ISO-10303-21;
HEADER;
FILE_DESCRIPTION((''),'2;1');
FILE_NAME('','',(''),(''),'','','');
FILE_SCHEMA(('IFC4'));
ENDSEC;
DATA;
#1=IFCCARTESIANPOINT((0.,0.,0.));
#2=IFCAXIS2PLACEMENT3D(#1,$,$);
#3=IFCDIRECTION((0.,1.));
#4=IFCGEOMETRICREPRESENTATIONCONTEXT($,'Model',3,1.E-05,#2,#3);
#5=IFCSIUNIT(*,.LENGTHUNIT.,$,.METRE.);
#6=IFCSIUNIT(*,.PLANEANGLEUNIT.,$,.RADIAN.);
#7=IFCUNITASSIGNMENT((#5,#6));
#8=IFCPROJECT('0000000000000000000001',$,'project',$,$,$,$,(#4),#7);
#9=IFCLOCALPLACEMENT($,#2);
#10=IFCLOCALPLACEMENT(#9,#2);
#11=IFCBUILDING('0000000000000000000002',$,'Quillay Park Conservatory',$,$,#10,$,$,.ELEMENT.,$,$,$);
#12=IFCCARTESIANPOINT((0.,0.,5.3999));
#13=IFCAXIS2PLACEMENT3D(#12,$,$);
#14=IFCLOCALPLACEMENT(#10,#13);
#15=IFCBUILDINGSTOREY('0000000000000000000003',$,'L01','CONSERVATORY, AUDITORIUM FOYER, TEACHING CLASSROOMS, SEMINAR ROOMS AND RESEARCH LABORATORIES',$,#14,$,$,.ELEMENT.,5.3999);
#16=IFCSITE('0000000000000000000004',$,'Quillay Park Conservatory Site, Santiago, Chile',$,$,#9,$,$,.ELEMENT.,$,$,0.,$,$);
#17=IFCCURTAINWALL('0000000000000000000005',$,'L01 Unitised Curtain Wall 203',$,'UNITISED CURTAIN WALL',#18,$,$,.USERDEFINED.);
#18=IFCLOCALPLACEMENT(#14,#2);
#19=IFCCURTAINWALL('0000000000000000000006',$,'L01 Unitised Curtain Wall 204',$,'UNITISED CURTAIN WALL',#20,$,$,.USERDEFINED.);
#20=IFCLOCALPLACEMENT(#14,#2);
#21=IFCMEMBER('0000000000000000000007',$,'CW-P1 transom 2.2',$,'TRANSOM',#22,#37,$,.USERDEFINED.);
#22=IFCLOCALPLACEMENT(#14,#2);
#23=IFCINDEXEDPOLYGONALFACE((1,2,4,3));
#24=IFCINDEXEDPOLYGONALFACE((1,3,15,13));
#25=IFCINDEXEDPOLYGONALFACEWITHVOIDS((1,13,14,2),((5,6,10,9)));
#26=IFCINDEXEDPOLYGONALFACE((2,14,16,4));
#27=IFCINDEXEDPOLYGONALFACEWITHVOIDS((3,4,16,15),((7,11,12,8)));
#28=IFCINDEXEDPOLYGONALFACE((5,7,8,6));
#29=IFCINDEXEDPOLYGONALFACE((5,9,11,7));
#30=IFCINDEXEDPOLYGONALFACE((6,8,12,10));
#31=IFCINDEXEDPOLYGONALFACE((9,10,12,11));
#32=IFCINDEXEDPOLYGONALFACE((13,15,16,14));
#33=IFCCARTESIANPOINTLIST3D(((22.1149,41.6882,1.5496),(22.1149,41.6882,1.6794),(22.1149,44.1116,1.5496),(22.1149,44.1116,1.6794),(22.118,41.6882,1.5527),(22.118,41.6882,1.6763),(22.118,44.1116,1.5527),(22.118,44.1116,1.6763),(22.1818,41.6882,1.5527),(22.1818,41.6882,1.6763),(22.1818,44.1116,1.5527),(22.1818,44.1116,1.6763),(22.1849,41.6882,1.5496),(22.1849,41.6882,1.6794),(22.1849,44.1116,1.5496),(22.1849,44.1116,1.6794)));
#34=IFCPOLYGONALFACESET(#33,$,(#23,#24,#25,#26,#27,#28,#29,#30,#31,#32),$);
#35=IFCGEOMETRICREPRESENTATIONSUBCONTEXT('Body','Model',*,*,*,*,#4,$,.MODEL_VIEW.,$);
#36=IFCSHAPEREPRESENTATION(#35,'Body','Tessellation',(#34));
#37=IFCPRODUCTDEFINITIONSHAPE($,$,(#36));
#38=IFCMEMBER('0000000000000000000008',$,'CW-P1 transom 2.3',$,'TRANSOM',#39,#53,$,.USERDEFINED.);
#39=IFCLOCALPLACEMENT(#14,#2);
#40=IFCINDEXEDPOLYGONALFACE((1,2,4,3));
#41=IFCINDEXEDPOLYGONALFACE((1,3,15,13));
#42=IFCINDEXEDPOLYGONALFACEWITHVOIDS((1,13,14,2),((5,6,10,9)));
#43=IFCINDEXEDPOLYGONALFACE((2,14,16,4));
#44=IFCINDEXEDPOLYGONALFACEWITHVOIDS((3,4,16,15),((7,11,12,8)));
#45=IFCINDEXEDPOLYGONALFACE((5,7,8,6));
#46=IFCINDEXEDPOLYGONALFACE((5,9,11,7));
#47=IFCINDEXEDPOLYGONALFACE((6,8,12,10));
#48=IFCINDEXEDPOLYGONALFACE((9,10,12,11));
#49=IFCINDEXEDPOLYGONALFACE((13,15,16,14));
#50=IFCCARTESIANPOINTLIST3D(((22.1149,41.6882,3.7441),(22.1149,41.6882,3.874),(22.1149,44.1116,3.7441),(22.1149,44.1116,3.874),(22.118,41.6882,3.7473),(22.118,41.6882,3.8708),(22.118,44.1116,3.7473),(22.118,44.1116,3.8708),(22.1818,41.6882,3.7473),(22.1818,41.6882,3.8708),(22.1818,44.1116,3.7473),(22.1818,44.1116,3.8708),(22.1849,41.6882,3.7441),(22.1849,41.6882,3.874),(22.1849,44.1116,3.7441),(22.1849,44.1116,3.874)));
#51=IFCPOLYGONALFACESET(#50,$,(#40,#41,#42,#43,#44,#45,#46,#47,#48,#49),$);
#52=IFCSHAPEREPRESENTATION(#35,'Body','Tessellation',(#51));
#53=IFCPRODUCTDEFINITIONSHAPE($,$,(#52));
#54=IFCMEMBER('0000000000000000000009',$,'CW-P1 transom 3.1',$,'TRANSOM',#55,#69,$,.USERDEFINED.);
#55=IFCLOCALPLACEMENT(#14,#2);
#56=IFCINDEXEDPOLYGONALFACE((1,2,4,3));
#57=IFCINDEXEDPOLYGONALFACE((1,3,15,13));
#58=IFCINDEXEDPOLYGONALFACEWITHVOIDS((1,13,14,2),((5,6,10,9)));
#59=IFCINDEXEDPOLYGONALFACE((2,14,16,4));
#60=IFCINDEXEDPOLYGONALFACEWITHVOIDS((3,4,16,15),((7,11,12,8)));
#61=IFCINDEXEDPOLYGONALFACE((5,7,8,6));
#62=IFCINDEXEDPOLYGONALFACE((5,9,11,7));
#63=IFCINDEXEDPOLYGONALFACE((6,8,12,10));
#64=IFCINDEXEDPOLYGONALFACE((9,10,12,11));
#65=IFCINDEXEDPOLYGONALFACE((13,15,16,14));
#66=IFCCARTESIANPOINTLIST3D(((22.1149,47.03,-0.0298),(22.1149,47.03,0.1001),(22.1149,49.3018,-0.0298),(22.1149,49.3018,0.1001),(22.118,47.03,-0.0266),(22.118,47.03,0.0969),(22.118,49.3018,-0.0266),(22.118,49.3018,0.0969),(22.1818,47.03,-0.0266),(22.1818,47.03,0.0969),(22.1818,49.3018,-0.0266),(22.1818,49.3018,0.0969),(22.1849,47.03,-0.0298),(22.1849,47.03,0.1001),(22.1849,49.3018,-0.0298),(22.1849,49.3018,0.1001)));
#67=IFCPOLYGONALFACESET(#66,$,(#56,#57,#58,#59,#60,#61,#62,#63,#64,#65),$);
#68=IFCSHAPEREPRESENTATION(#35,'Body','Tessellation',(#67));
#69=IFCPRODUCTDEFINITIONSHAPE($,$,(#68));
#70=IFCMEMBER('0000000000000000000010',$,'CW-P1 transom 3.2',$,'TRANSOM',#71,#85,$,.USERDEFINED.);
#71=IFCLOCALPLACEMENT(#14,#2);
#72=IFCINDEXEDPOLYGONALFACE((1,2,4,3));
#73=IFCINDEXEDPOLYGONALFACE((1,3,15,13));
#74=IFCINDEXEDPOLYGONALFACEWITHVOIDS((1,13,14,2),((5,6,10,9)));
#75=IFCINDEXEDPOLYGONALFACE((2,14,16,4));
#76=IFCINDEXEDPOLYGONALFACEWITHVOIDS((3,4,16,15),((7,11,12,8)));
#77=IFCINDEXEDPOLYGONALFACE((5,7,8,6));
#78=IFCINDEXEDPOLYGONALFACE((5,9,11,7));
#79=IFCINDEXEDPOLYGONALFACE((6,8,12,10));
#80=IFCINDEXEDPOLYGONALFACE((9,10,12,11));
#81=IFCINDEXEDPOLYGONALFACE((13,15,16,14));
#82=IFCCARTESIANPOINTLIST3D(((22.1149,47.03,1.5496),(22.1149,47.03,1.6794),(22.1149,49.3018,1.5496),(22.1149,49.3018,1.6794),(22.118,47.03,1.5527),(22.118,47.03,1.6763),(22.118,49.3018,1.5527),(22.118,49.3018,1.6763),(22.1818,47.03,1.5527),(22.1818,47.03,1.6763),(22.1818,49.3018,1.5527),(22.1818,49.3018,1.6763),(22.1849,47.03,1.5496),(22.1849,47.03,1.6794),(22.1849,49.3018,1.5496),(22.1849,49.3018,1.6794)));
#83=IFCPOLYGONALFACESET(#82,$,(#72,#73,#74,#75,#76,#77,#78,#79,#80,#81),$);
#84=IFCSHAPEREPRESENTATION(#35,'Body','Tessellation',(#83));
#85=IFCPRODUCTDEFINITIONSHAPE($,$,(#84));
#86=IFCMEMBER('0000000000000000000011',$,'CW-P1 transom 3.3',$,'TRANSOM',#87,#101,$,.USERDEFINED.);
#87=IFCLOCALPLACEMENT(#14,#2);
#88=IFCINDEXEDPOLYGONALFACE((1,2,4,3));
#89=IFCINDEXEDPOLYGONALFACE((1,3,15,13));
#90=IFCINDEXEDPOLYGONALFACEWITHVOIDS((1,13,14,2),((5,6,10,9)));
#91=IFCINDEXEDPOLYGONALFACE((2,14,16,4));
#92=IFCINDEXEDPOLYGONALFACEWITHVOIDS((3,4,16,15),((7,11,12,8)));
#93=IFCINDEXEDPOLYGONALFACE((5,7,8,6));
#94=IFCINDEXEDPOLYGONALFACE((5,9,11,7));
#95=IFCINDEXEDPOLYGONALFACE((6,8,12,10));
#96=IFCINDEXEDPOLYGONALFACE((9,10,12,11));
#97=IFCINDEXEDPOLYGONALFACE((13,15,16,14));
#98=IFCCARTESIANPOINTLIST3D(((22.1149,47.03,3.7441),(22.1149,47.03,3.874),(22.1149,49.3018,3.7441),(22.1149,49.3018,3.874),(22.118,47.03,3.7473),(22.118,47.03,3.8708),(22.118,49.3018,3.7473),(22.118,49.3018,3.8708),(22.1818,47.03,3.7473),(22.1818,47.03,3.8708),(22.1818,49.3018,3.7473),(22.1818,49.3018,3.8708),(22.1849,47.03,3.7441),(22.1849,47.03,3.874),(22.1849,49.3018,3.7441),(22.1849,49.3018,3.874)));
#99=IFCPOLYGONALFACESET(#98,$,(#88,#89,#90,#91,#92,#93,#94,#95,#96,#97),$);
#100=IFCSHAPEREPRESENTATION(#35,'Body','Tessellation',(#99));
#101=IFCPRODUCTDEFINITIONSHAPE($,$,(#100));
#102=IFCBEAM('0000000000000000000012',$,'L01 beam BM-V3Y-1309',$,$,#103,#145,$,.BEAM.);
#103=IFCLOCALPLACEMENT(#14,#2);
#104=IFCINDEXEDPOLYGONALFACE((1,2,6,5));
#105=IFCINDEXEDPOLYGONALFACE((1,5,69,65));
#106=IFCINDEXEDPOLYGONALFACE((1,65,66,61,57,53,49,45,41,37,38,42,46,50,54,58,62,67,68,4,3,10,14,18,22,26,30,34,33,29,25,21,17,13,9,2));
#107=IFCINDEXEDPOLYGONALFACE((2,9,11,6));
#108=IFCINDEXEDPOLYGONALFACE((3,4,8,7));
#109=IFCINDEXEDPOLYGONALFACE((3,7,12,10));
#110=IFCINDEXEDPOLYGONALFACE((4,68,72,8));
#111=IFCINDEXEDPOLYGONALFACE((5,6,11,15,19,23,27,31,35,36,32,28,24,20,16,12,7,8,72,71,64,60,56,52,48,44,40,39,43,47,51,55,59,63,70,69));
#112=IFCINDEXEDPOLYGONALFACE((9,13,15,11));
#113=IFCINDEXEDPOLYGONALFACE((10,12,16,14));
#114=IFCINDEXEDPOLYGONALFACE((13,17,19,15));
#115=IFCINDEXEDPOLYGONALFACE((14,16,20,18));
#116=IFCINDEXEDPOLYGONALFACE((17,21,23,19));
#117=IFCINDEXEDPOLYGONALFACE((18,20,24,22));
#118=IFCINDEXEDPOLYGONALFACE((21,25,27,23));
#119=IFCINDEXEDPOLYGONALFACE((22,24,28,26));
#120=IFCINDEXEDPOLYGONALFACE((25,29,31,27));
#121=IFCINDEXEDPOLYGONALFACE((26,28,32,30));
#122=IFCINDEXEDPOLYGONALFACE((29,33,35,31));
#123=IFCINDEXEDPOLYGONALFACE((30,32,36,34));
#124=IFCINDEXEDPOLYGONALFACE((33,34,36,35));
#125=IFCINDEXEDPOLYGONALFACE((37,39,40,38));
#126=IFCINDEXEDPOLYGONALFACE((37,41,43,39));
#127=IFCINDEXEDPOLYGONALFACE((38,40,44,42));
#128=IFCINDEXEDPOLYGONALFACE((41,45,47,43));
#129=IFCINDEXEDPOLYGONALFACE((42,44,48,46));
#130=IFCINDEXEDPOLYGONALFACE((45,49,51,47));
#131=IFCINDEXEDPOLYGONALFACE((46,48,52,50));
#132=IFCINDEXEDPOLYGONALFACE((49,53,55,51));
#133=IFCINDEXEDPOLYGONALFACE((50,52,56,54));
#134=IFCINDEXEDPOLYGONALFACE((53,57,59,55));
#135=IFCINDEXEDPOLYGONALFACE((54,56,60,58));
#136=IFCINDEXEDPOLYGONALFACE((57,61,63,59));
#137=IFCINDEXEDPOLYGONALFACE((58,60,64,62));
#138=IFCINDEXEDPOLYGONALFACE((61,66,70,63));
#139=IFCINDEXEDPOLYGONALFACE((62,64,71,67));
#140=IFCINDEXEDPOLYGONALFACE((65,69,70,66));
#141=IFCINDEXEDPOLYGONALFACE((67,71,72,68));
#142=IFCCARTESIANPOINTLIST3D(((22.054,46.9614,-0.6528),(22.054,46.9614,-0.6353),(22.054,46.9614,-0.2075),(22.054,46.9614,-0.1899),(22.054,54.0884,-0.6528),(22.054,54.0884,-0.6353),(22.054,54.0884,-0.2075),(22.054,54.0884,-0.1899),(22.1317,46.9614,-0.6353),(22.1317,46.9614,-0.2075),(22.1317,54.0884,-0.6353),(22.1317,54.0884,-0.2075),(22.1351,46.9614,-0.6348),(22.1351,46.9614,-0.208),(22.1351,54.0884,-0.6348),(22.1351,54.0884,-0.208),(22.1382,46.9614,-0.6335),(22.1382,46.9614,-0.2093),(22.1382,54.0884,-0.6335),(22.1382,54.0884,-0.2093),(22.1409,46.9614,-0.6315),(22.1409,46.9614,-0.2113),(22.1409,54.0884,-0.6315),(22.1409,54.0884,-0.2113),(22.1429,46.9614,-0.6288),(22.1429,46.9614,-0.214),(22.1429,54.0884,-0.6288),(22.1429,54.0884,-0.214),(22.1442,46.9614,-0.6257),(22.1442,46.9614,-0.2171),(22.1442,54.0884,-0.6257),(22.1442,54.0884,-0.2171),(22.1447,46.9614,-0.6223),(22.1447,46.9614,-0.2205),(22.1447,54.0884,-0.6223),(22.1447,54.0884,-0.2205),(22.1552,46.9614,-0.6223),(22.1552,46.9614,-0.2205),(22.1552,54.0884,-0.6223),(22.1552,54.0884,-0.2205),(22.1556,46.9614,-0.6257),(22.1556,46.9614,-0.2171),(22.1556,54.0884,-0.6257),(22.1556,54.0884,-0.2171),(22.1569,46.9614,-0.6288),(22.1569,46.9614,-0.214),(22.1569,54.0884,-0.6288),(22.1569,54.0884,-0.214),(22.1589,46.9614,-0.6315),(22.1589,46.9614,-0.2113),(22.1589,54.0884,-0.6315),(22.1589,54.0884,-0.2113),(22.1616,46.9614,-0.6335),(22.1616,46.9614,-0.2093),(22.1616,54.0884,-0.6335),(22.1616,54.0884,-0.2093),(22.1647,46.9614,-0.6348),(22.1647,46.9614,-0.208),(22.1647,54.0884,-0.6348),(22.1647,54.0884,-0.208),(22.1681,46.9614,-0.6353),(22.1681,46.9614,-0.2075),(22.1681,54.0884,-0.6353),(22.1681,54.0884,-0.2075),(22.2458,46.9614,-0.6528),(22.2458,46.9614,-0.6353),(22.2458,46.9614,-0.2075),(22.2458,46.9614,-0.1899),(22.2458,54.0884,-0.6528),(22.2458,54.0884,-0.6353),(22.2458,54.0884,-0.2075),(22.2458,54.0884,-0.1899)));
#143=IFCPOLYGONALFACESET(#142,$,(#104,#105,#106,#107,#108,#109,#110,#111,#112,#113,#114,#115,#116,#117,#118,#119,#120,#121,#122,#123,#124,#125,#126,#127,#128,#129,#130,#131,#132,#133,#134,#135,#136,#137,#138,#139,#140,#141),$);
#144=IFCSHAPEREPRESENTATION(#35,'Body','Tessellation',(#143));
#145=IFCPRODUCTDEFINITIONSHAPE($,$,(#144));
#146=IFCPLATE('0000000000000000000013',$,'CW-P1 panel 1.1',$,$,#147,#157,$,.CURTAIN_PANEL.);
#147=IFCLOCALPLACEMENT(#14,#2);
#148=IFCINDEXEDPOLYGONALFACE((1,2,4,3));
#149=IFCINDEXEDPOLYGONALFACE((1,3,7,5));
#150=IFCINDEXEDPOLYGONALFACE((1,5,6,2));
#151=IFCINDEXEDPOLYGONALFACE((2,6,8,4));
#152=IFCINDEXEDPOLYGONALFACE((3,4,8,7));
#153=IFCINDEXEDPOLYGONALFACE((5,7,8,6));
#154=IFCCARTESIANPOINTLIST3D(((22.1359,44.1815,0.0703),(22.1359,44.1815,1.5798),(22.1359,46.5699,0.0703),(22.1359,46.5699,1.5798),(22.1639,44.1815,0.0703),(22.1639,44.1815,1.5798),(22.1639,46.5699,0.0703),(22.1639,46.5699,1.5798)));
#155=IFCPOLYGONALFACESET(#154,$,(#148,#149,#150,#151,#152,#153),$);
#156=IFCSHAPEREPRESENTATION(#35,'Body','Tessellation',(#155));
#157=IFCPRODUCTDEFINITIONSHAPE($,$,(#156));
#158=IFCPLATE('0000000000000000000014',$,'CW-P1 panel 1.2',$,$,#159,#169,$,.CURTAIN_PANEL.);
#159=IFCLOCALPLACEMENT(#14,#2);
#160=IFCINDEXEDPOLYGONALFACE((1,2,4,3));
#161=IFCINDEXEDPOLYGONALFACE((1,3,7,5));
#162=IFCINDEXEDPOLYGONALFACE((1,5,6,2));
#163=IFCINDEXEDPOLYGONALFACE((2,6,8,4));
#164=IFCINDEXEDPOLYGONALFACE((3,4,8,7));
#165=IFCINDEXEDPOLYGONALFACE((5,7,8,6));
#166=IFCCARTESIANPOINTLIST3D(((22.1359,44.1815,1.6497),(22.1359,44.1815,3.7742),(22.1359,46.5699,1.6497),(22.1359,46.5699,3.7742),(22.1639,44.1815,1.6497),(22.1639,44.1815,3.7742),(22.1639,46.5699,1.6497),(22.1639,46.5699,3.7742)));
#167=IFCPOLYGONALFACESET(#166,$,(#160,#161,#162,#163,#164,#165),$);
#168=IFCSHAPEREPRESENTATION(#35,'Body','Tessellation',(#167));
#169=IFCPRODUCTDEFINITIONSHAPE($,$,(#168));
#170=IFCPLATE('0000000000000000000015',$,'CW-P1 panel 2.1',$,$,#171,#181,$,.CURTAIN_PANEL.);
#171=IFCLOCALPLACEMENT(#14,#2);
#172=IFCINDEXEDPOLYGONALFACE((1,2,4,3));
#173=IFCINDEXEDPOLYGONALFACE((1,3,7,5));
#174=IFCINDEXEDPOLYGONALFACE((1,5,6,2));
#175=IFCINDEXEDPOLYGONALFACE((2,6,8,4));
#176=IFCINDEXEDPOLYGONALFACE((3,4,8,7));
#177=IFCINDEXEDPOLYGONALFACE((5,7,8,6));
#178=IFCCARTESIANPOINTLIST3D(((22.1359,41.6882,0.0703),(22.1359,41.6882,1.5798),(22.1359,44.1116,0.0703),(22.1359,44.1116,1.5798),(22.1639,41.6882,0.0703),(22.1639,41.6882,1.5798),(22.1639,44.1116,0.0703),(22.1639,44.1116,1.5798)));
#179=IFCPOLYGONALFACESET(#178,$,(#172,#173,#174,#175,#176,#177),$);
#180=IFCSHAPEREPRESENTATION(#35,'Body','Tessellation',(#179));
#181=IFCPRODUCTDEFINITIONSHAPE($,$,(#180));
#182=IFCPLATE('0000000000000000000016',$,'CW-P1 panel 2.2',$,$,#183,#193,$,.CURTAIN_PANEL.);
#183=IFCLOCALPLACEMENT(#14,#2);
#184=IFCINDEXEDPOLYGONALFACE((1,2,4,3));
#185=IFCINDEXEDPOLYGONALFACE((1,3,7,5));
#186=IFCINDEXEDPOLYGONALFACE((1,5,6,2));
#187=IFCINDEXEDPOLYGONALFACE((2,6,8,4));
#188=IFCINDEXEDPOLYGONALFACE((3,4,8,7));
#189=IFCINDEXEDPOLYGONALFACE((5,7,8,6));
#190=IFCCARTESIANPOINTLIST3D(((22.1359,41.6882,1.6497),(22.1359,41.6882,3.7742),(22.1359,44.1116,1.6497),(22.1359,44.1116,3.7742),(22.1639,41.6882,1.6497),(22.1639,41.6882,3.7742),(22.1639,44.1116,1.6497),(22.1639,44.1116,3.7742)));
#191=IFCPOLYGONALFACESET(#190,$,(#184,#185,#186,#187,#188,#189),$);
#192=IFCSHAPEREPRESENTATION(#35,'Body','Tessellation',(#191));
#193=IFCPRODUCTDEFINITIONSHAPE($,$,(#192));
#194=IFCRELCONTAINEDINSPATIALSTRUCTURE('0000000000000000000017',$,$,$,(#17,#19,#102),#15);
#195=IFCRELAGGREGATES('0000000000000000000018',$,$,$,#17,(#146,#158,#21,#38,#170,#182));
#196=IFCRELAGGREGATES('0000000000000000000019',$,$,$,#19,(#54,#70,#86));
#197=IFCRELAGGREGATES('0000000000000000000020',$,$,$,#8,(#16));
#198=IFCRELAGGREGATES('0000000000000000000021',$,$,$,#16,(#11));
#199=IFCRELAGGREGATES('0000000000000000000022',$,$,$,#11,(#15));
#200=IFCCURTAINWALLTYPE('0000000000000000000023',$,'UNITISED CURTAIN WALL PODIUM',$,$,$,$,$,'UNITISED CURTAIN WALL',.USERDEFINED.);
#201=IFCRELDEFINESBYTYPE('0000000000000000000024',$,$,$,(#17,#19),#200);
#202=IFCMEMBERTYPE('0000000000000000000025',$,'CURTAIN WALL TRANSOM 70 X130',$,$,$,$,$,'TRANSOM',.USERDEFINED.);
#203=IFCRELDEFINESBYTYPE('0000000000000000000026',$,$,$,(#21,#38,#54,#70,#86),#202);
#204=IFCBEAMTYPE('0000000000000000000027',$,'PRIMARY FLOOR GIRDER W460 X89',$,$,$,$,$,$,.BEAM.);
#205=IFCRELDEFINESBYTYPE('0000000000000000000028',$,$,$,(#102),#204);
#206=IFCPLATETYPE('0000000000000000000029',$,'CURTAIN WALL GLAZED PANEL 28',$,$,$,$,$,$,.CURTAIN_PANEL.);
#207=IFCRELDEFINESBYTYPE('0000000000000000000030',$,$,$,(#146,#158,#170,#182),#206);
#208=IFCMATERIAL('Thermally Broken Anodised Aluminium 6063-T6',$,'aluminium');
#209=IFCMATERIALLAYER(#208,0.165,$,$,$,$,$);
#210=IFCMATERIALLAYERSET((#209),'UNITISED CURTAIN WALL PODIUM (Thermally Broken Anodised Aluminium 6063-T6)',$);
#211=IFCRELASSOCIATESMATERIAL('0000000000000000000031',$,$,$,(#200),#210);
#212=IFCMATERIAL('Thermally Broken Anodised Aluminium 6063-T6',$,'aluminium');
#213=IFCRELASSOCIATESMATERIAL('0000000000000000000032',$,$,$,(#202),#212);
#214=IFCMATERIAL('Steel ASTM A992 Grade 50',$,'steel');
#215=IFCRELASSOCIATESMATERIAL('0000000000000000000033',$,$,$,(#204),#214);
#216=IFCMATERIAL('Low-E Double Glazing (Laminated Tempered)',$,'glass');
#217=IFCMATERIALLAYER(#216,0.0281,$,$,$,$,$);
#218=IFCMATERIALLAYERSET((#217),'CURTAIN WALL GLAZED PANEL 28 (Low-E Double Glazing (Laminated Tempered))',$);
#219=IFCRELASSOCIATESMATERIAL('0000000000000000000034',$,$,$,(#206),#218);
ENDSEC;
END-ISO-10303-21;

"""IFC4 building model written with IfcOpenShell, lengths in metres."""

from ifc_helpers import new_model, si_unit, direction, frame, origin, origin_2d, place, context, subcontext, project, spatial, rectangle, hollow_rectangle, i_section, extrude, material, layer, layer_set, material_profile, profile_set, type_object, element, aggregate, save


model = new_model("IFC4")

# Units and contexts
model_context = context("Model", 3, precision=1e-05, world=origin(), true_north=direction((0.0, 1.0)))
body_context = subcontext(model_context, "Body", "Model", "MODEL_VIEW")
ifc_project = project(units=[si_unit("LENGTHUNIT", "METRE"), si_unit("PLANEANGLEUNIT", "RADIAN")], contexts=[model_context])

# Site, building, storey
site_placement = place(None, origin())
site = spatial("IfcSite", under=ifc_project, at=site_placement, Name="Quillay Park Conservatory Site, Santiago, Chile", CompositionType="ELEMENT", RefElevation=0.0)
building_placement = place(site_placement, origin())
building = spatial("IfcBuilding", under=site, at=building_placement, Name="Quillay Park Conservatory", CompositionType="ELEMENT")
storey_placement = place(building_placement, frame((0.0, 0.0, 5.3999)))
storey = spatial("IfcBuildingStorey", under=building, at=storey_placement, Name="L01", Description="CONSERVATORY, AUDITORIUM FOYER, TEACHING CLASSROOMS, SEMINAR ROOMS AND RESEARCH LABORATORIES", CompositionType="ELEMENT", Elevation=5.3999)

# Curtain walls
ifc_material_1 = material(Name="Thermally Broken Anodised Aluminium 6063-T6", Category="aluminium")
ifc_layer_1 = layer(ifc_material_1, 0.165)
ifc_layer_set_1 = layer_set([ifc_layer_1], Name="UNITISED CURTAIN WALL PODIUM (Thermally Broken Anodised Aluminium 6063-T6)")
curtain_wall_type = type_object("IfcCurtainWallType", Name="UNITISED CURTAIN WALL PODIUM", ElementType="UNITISED CURTAIN WALL", PredefinedType="USERDEFINED", material=ifc_layer_set_1)
curtain_wall_1_placement = place(storey_placement, origin())
curtain_wall_1 = element("IfcCurtainWall", 1, at=curtain_wall_1_placement, inside=storey, type_object=curtain_wall_type, Name="L01 Unitised Curtain Wall 203", ObjectType="UNITISED CURTAIN WALL", PredefinedType="USERDEFINED")
curtain_wall_2_placement = place(storey_placement, origin())
curtain_wall_2 = element("IfcCurtainWall", 2, at=curtain_wall_2_placement, inside=storey, type_object=curtain_wall_type, Name="L01 Unitised Curtain Wall 204", ObjectType="UNITISED CURTAIN WALL", PredefinedType="USERDEFINED")

# Members
ifc_material_2 = material(Name="Thermally Broken Anodised Aluminium 6063-T6", Category="aluminium")
ifc_material_profile_1 = material_profile(ifc_material_2, hollow_rectangle(XDim=0.0701, YDim=0.1299, WallThickness=0.0032, at=origin_2d()), Name="AL70x130x3.2")
ifc_profile_set_1 = profile_set([ifc_material_profile_1], Name="Thermally Broken Anodised Aluminium 6063-T6")
member_type_1 = type_object("IfcMemberType", Name="CURTAIN WALL TRANSOM 70 X130", ElementType="TRANSOM", PredefinedType="USERDEFINED", material=ifc_profile_set_1)
member_1_placement = place(storey_placement, frame((22.1499, 44.1116, 1.6145), z_axis=(0.0, -1.0, 0.0), x_axis=(1.0, 0.0, 0.0)))
member_1 = element("IfcMember", 3, at=member_1_placement, type_object=member_type_1, Name="CW-P1 transom 2.2", ObjectType="TRANSOM", PredefinedType="USERDEFINED", context=body_context, shape_type="SweptSolid", body=[
    extrude(hollow_rectangle(XDim=0.0701, YDim=0.1299, WallThickness=0.0032, at=origin_2d()), origin(), (0.0, 0.0, 1.0), 2.4233),
])
member_2_placement = place(storey_placement, frame((22.1499, 44.1116, 3.8091), z_axis=(0.0, -1.0, 0.0), x_axis=(1.0, 0.0, 0.0)))
member_2 = element("IfcMember", 4, at=member_2_placement, type_object=member_type_1, Name="CW-P1 transom 2.3", ObjectType="TRANSOM", PredefinedType="USERDEFINED", context=body_context, shape_type="SweptSolid", body=[
    extrude(hollow_rectangle(XDim=0.0701, YDim=0.1299, WallThickness=0.0032, at=origin_2d()), origin(), (0.0, 0.0, 1.0), 2.4233),
])
member_3_placement = place(storey_placement, frame((22.1499, 49.3018, 0.0352), z_axis=(0.0, -1.0, 0.0), x_axis=(1.0, 0.0, 0.0)))
member_3 = element("IfcMember", 5, at=member_3_placement, type_object=member_type_1, Name="CW-P1 transom 3.1", ObjectType="TRANSOM", PredefinedType="USERDEFINED", context=body_context, shape_type="SweptSolid", body=[
    extrude(hollow_rectangle(XDim=0.0701, YDim=0.1299, WallThickness=0.0032, at=origin_2d()), origin(), (0.0, 0.0, 1.0), 2.2717),
])
member_4_placement = place(storey_placement, frame((22.1499, 49.3018, 1.6145), z_axis=(0.0, -1.0, 0.0), x_axis=(1.0, 0.0, 0.0)))
member_4 = element("IfcMember", 6, at=member_4_placement, type_object=member_type_1, Name="CW-P1 transom 3.2", ObjectType="TRANSOM", PredefinedType="USERDEFINED", context=body_context, shape_type="SweptSolid", body=[
    extrude(hollow_rectangle(XDim=0.0701, YDim=0.1299, WallThickness=0.0032, at=origin_2d()), origin(), (0.0, 0.0, 1.0), 2.2717),
])
member_5_placement = place(storey_placement, frame((22.1499, 49.3018, 3.8091), z_axis=(0.0, -1.0, 0.0), x_axis=(1.0, 0.0, 0.0)))
member_5 = element("IfcMember", 7, at=member_5_placement, type_object=member_type_1, Name="CW-P1 transom 3.3", ObjectType="TRANSOM", PredefinedType="USERDEFINED", context=body_context, shape_type="SweptSolid", body=[
    extrude(hollow_rectangle(XDim=0.0701, YDim=0.1299, WallThickness=0.0032, at=origin_2d()), origin(), (0.0, 0.0, 1.0), 2.2717),
])

# Beam
ifc_material_3 = material(Name="Steel ASTM A992 Grade 50", Category="steel")
ifc_material_profile_2 = material_profile(ifc_material_3, i_section(OverallWidth=0.1919, OverallDepth=0.4629, WebThickness=0.0105, FlangeThickness=0.0176, FilletRadius=0.0129, at=origin_2d()), Name="W460x89")
ifc_profile_set_2 = profile_set([ifc_material_profile_2], Name="Steel ASTM A992 Grade 50")
beam_type = type_object("IfcBeamType", Name="PRIMARY FLOOR GIRDER W460 X89", PredefinedType="BEAM", material=ifc_profile_set_2)
beam_placement = place(storey_placement, frame((22.1499, 46.9614, -0.4214), z_axis=(0.0, 1.0, 0.0), x_axis=(-1.0, 0.0, 0.0)))
element("IfcBeam", 8, at=beam_placement, inside=storey, type_object=beam_type, Name="L01 beam BM-V3Y-1309", PredefinedType="BEAM", context=body_context, shape_type="SweptSolid", body=[
    extrude(i_section(OverallWidth=0.1919, OverallDepth=0.4629, WebThickness=0.0105, FlangeThickness=0.0176, FilletRadius=0.0129, at=origin_2d()), origin(), (0.0, 0.0, 1.0), 7.127),
])

# Plates
ifc_material_4 = material(Name="Low-E Double Glazing (Laminated Tempered)", Category="glass")
ifc_layer_2 = layer(ifc_material_4, 0.0281)
ifc_layer_set_2 = layer_set([ifc_layer_2], Name="CURTAIN WALL GLAZED PANEL 28 (Low-E Double Glazing (Laminated Tempered))")
plate_type = type_object("IfcPlateType", Name="CURTAIN WALL GLAZED PANEL 28", PredefinedType="CURTAIN_PANEL", material=ifc_layer_set_2)
plate_1_placement = place(storey_placement, frame((22.1499, 45.3757, 0.0703), z_axis=(0.0, 0.0, 1.0), x_axis=(0.0, -1.0, 0.0)))
plate_1 = element("IfcPlate", 9, at=plate_1_placement, type_object=plate_type, Name="CW-P1 panel 1.1", PredefinedType="CURTAIN_PANEL", context=body_context, shape_type="SweptSolid", body=[
    extrude(rectangle(XDim=2.3884, YDim=0.0281, at=origin_2d()), origin(), (0.0, 0.0, 1.0), 1.5095),
])
plate_2_placement = place(storey_placement, frame((22.1499, 45.3757, 1.6497), z_axis=(0.0, 0.0, 1.0), x_axis=(0.0, -1.0, 0.0)))
plate_2 = element("IfcPlate", 10, at=plate_2_placement, type_object=plate_type, Name="CW-P1 panel 1.2", PredefinedType="CURTAIN_PANEL", context=body_context, shape_type="SweptSolid", body=[
    extrude(rectangle(XDim=2.3884, YDim=0.0281, at=origin_2d()), origin(), (0.0, 0.0, 1.0), 2.1245),
])
plate_3_placement = place(storey_placement, frame((22.1499, 42.8999, 0.0703), z_axis=(0.0, 0.0, 1.0), x_axis=(0.0, -1.0, 0.0)))
plate_3 = element("IfcPlate", 11, at=plate_3_placement, type_object=plate_type, Name="CW-P1 panel 2.1", PredefinedType="CURTAIN_PANEL", context=body_context, shape_type="SweptSolid", body=[
    extrude(rectangle(XDim=2.4233, YDim=0.0281, at=origin_2d()), origin(), (0.0, 0.0, 1.0), 1.5095),
])
plate_4_placement = place(storey_placement, frame((22.1499, 42.8999, 1.6497), z_axis=(0.0, 0.0, 1.0), x_axis=(0.0, -1.0, 0.0)))
plate_4 = element("IfcPlate", 12, at=plate_4_placement, type_object=plate_type, Name="CW-P1 panel 2.2", PredefinedType="CURTAIN_PANEL", context=body_context, shape_type="SweptSolid", body=[
    extrude(rectangle(XDim=2.4233, YDim=0.0281, at=origin_2d()), origin(), (0.0, 0.0, 1.0), 2.1245),
])
aggregate(curtain_wall_1, [plate_1, plate_2, member_1, member_2, plate_3, plate_4])
aggregate(curtain_wall_2, [member_3, member_4, member_5])

save(model, "model.ifc")
